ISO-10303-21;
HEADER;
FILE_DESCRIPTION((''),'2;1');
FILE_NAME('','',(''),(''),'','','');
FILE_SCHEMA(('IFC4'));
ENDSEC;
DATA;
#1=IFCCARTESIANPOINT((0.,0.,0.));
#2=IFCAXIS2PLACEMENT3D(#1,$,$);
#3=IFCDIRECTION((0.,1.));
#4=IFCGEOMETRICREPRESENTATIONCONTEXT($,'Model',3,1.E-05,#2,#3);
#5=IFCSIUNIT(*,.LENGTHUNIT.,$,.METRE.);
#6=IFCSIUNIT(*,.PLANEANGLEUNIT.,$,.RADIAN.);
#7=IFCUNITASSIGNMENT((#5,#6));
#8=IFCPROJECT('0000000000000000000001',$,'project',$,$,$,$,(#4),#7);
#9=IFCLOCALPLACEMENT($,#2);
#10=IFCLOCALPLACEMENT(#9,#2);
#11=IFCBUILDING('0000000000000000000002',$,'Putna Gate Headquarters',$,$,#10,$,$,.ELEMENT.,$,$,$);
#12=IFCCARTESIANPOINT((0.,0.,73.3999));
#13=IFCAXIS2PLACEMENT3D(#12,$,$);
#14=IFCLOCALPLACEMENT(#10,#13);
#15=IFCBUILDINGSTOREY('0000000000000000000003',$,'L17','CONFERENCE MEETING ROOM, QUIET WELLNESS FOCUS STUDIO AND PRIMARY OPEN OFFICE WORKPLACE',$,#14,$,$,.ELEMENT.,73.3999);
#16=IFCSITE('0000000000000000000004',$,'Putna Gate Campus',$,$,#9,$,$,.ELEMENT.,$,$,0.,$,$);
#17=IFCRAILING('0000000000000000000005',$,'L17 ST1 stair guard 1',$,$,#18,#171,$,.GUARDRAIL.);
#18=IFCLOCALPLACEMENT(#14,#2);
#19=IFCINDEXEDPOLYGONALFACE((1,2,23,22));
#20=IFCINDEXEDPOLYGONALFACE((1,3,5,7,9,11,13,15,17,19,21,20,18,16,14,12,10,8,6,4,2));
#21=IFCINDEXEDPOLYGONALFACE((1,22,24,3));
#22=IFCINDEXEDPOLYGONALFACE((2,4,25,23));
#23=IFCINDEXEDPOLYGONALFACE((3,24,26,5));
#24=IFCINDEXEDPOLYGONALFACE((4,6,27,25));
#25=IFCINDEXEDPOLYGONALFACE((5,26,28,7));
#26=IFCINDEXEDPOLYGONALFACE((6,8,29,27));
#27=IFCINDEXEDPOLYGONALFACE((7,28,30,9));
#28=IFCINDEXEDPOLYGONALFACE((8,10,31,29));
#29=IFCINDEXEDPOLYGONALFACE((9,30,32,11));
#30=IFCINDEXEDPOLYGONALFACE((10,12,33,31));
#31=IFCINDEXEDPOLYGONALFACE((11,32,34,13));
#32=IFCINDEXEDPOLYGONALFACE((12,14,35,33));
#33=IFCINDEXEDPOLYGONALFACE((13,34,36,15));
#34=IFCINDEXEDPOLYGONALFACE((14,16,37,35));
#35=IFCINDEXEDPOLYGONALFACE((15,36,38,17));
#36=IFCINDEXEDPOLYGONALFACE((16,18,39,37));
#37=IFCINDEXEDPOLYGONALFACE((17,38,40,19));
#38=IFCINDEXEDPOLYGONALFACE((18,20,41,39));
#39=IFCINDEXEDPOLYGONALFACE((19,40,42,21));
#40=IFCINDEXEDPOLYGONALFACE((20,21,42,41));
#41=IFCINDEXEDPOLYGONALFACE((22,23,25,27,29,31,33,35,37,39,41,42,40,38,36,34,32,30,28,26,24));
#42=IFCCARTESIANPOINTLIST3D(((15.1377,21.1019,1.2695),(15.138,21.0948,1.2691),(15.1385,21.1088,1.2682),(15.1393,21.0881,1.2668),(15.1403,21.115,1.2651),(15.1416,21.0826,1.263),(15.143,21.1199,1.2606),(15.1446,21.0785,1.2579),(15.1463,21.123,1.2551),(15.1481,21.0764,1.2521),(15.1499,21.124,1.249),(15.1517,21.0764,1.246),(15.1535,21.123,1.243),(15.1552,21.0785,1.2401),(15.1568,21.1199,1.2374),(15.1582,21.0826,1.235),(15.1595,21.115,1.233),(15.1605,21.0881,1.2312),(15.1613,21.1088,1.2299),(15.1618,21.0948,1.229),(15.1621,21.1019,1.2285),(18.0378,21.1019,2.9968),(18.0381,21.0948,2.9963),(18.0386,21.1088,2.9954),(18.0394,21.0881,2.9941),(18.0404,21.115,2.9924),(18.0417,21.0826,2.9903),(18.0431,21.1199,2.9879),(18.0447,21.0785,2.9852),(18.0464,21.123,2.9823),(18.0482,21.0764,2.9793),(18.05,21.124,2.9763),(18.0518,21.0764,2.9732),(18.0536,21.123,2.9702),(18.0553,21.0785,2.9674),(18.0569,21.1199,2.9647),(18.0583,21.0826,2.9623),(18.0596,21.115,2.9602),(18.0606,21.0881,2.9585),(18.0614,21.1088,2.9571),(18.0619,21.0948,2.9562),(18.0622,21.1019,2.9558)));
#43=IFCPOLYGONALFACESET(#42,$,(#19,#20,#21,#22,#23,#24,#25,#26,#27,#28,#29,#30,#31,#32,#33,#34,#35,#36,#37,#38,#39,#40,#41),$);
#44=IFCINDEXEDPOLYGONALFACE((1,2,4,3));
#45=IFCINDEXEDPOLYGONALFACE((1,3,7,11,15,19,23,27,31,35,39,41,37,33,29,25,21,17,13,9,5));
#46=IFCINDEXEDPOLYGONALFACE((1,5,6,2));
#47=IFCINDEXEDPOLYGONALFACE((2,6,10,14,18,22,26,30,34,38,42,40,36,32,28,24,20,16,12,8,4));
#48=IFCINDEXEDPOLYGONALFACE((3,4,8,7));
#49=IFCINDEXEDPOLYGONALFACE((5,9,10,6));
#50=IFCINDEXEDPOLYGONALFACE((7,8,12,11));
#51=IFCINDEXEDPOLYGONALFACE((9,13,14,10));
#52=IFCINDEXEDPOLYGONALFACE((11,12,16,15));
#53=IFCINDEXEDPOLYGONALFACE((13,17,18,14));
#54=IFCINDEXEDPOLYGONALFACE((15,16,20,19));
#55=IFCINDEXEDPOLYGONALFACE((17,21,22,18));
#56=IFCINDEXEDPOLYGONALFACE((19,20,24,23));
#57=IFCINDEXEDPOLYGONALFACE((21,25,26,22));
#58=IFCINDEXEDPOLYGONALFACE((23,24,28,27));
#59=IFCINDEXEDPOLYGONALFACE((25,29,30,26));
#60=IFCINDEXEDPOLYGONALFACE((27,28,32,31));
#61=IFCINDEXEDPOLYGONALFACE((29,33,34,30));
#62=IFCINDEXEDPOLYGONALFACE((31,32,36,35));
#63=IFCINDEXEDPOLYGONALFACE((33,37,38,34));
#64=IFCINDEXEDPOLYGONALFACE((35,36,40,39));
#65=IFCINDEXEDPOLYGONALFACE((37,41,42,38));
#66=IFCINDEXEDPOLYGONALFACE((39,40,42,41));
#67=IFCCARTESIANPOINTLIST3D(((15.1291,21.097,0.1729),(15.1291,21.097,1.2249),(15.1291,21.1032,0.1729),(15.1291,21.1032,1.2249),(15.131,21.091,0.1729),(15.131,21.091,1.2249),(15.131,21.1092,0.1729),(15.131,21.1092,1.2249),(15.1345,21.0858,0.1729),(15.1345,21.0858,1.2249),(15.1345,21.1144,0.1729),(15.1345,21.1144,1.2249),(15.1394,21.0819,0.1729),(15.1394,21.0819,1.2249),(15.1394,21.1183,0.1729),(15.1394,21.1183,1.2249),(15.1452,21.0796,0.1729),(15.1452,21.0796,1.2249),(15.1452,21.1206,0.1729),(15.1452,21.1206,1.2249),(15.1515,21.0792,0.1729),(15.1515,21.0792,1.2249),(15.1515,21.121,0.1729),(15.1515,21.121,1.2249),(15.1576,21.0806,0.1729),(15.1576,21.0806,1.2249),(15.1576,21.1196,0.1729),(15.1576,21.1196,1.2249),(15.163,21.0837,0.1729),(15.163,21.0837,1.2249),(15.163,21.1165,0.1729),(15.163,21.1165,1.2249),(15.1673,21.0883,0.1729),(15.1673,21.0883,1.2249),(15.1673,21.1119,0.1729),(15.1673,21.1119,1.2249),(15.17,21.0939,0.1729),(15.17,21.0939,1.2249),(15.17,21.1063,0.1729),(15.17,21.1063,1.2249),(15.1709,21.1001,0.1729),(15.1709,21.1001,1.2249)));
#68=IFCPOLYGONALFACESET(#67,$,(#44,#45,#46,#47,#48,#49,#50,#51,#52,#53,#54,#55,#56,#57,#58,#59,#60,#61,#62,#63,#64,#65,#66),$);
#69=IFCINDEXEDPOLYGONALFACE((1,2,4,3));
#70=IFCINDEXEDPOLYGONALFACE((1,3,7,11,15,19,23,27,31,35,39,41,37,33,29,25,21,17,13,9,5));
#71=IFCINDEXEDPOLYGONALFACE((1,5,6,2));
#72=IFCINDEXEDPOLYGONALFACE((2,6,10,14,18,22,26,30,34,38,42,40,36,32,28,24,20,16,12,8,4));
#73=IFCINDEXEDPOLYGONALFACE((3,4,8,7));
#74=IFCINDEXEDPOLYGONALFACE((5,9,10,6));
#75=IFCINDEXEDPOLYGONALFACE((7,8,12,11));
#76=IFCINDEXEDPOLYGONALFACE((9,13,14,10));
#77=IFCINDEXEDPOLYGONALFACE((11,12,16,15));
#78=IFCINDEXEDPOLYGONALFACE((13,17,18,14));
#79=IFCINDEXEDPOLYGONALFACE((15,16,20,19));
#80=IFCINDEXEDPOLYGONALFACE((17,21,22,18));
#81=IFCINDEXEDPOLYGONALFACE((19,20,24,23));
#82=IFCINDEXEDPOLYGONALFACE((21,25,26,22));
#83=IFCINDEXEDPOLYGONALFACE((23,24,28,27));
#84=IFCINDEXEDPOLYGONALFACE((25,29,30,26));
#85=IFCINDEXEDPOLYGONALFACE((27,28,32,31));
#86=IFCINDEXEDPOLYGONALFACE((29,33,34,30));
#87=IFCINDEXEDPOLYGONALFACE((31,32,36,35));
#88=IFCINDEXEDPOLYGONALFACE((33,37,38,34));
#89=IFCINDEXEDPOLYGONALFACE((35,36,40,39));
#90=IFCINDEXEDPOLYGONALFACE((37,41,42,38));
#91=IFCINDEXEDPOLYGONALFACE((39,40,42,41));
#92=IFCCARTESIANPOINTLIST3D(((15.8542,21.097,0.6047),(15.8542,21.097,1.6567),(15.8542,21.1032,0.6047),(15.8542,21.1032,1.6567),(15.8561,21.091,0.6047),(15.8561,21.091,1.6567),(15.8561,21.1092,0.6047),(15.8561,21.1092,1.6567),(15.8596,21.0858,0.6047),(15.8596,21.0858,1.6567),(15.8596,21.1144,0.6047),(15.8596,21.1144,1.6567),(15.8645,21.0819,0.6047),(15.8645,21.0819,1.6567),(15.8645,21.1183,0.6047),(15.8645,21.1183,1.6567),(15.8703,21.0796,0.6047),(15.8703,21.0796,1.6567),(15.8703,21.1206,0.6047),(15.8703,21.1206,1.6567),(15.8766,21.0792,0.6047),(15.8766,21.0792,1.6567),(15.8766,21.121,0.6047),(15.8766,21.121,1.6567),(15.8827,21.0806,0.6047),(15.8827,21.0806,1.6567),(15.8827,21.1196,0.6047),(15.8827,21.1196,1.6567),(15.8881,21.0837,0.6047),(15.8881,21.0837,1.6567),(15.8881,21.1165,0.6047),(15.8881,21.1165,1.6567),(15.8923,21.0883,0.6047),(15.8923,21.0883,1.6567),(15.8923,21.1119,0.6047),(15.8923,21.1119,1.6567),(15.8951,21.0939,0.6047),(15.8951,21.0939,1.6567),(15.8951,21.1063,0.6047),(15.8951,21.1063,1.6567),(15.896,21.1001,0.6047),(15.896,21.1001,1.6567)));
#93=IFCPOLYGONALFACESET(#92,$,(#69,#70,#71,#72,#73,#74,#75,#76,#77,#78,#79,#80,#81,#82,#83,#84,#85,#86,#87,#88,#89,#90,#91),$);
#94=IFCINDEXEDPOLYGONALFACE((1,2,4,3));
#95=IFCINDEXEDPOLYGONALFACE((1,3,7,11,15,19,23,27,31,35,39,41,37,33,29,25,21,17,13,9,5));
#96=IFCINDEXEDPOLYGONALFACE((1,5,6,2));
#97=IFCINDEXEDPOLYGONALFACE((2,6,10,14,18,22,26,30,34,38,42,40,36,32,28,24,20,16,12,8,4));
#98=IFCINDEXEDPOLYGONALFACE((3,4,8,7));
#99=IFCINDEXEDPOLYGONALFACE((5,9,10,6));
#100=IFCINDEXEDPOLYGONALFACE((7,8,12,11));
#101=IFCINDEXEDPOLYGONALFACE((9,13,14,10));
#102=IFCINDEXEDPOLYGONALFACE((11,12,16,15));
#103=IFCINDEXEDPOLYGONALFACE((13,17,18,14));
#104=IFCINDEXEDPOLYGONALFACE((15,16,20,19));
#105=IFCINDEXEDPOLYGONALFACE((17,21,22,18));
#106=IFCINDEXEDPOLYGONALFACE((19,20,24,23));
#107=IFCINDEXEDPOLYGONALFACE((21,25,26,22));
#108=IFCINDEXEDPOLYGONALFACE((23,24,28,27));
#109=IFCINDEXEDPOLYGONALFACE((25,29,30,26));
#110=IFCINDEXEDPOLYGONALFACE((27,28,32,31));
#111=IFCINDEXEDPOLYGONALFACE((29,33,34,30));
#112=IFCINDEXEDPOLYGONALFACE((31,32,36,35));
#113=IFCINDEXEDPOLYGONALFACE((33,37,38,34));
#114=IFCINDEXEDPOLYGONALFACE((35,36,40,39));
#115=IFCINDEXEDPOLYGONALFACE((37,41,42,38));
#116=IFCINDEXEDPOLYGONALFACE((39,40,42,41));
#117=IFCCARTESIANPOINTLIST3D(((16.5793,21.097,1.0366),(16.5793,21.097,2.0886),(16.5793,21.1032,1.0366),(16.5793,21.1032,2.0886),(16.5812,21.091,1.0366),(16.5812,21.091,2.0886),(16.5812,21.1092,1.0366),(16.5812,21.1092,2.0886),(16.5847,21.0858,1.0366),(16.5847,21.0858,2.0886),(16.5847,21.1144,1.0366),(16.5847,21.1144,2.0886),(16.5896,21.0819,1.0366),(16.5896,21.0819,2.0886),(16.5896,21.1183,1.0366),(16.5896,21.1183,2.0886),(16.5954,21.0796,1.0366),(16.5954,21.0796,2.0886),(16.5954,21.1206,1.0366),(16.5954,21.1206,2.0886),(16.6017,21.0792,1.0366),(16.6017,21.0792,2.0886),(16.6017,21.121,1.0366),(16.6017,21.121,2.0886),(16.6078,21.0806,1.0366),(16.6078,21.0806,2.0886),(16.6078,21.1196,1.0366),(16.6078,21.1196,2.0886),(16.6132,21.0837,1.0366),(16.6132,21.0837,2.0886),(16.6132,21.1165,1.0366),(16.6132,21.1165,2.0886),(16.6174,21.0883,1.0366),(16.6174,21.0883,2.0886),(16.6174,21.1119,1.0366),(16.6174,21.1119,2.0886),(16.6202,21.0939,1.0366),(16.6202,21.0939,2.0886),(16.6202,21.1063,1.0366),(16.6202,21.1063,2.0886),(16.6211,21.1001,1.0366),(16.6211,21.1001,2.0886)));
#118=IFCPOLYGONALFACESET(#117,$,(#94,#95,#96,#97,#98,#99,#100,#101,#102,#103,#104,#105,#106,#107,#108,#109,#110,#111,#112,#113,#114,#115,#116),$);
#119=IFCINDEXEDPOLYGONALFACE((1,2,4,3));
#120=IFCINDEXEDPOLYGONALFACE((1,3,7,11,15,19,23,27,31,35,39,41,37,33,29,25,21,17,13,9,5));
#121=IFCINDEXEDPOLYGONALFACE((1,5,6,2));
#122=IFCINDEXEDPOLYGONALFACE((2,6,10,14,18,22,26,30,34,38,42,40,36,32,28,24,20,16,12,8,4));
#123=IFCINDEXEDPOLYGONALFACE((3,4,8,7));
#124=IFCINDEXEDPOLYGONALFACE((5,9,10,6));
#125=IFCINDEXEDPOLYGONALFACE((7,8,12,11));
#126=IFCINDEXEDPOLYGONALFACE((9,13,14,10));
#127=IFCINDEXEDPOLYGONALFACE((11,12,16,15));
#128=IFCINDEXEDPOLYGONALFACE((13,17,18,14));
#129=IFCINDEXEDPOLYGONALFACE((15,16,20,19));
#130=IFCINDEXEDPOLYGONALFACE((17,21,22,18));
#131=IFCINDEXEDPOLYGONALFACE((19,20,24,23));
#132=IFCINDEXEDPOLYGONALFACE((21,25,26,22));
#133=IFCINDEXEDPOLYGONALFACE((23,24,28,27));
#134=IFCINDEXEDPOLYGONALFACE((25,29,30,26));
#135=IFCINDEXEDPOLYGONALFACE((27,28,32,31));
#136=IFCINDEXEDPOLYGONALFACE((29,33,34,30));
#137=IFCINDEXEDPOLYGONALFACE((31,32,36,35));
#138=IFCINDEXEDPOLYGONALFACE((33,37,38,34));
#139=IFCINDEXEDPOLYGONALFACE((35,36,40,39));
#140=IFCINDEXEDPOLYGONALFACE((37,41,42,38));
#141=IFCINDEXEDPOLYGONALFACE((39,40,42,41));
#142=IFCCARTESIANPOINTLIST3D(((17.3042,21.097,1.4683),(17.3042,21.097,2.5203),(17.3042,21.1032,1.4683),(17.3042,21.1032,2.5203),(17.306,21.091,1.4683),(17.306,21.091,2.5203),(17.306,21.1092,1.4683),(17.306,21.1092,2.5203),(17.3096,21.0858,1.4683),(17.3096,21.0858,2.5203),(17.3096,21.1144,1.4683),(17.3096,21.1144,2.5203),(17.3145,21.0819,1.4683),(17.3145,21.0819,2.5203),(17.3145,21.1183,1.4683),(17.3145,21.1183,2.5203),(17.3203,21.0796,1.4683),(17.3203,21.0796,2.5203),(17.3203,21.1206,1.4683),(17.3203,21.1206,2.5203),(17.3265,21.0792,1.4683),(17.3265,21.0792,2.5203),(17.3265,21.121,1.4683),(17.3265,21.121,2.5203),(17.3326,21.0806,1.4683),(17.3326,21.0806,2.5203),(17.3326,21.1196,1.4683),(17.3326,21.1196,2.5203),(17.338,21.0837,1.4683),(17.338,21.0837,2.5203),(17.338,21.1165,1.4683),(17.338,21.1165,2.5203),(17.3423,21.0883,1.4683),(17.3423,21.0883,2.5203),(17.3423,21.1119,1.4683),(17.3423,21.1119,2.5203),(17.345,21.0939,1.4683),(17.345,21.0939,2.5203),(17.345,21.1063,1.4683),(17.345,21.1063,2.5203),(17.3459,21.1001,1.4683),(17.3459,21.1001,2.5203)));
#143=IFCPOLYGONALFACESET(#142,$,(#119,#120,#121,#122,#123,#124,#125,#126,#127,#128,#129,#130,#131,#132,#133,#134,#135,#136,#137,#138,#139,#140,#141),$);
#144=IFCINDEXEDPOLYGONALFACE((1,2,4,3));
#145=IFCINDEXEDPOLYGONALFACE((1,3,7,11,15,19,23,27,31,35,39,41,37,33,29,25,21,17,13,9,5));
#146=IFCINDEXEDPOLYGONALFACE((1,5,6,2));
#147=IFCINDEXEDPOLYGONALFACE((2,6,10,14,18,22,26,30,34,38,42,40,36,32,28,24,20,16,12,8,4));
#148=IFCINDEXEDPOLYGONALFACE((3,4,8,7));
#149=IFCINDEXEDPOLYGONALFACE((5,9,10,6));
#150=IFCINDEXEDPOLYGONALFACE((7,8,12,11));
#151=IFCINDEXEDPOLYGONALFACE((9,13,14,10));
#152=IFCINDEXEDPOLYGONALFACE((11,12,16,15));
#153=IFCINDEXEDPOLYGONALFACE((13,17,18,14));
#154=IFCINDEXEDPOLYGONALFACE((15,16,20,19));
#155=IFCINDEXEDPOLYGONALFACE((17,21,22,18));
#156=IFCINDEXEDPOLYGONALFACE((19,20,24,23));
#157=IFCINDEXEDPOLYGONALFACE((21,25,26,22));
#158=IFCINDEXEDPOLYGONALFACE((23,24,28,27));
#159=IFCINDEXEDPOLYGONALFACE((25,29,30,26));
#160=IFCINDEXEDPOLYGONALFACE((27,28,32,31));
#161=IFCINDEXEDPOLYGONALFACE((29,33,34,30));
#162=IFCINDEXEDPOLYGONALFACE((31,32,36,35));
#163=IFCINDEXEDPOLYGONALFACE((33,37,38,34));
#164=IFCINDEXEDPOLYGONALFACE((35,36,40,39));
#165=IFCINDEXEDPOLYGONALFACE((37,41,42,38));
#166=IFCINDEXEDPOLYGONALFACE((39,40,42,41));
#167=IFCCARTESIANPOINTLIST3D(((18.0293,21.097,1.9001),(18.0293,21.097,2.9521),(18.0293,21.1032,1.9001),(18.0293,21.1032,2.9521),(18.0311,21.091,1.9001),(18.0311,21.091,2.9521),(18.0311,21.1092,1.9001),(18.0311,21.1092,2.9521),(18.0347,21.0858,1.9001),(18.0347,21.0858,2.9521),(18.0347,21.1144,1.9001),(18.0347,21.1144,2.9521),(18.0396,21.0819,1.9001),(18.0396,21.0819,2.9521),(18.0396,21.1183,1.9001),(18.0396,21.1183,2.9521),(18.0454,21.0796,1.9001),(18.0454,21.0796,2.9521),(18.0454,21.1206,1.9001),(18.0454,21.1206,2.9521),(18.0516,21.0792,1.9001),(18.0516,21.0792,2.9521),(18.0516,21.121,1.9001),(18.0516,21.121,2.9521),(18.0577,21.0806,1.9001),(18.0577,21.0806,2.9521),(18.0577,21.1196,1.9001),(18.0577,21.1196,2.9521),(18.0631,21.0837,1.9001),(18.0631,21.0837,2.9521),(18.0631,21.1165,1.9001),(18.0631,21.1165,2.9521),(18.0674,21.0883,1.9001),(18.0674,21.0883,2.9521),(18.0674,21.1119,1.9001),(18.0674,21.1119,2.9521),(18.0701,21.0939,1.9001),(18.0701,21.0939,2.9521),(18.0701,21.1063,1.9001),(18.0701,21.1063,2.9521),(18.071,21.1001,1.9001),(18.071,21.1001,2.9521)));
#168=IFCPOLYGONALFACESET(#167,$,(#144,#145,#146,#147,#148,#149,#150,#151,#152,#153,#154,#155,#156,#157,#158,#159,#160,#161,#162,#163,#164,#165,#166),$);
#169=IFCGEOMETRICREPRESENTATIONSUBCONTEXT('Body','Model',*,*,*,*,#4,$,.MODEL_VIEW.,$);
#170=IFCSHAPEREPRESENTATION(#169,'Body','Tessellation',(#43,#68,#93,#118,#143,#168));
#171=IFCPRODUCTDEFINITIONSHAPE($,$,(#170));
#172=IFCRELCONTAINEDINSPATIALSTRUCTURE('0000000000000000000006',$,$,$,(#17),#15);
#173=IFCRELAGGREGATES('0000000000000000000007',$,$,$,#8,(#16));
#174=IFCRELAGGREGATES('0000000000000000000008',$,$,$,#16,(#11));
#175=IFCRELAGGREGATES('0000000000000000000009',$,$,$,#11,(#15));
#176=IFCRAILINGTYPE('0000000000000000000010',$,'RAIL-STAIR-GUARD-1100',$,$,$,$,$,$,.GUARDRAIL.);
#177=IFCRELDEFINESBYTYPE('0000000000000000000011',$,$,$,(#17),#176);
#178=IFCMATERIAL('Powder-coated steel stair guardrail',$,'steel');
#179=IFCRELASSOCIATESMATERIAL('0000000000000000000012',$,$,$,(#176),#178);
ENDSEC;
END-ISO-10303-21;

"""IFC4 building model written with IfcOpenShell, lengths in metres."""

from ifc_helpers import new_model, si_unit, direction, frame, origin, origin_2d, place, context, subcontext, project, spatial, circle, extrude, material, type_object, element, save


model = new_model("IFC4")

# Units and contexts
model_context = context("Model", 3, precision=1e-05, world=origin(), true_north=direction((0.0, 1.0)))
body_context = subcontext(model_context, "Body", "Model", "MODEL_VIEW")
ifc_project = project(units=[si_unit("LENGTHUNIT", "METRE"), si_unit("PLANEANGLEUNIT", "RADIAN")], contexts=[model_context])

# Site, building, storey
site_placement = place(None, origin())
site = spatial("IfcSite", under=ifc_project, at=site_placement, Name="Putna Gate Campus", CompositionType="ELEMENT", RefElevation=0.0)
building_placement = place(site_placement, origin())
building = spatial("IfcBuilding", under=site, at=building_placement, Name="Putna Gate Headquarters", CompositionType="ELEMENT")
storey_placement = place(building_placement, frame((0.0, 0.0, 73.3999)))
storey = spatial("IfcBuildingStorey", under=building, at=storey_placement, Name="L17", Description="CONFERENCE MEETING ROOM, QUIET WELLNESS FOCUS STUDIO AND PRIMARY OPEN OFFICE WORKPLACE", CompositionType="ELEMENT", Elevation=73.3999)

# Railing
ifc_material_1 = material(Name="Powder-coated steel stair guardrail", Category="steel")
railing_type_1 = type_object("IfcRailingType", Name="RAIL-STAIR-GUARD-1100", PredefinedType="GUARDRAIL", material=ifc_material_1)
railing_1_placement = place(storey_placement, frame((15.1499, 21.1001, 0.1729)))
element("IfcRailing", 1, at=railing_1_placement, inside=storey, type_object=railing_type_1, Name="L17 ST1 stair guard 1", PredefinedType="GUARDRAIL", context=body_context, shape_type="SweptSolid", body=[
    extrude(circle(Radius=0.0239, at=origin_2d()), frame((0.0, 0.0, 1.0762), z_axis=(0.85916, 0.0, 0.511706), x_axis=(0.0, 1.0, 0.0)), (0.0, 0.0, 1.0), 3.3755),
    extrude(circle(Radius=0.021, at=origin_2d()), origin(), (0.0, 0.0, 1.0), 1.052),
    extrude(circle(Radius=0.021, at=origin_2d()), frame((0.7251, 0.0, 0.4319)), (0.0, 0.0, 1.0), 1.052),
    extrude(circle(Radius=0.021, at=origin_2d()), frame((1.4502, 0.0, 0.8638)), (0.0, 0.0, 1.0), 1.052),
    extrude(circle(Radius=0.021, at=origin_2d()), frame((2.175, 0.0, 1.2954)), (0.0, 0.0, 1.0), 1.052),
    extrude(circle(Radius=0.021, at=origin_2d()), frame((2.9001, 0.0, 1.7273)), (0.0, 0.0, 1.0), 1.052),
])

save(model, "model.ifc")
